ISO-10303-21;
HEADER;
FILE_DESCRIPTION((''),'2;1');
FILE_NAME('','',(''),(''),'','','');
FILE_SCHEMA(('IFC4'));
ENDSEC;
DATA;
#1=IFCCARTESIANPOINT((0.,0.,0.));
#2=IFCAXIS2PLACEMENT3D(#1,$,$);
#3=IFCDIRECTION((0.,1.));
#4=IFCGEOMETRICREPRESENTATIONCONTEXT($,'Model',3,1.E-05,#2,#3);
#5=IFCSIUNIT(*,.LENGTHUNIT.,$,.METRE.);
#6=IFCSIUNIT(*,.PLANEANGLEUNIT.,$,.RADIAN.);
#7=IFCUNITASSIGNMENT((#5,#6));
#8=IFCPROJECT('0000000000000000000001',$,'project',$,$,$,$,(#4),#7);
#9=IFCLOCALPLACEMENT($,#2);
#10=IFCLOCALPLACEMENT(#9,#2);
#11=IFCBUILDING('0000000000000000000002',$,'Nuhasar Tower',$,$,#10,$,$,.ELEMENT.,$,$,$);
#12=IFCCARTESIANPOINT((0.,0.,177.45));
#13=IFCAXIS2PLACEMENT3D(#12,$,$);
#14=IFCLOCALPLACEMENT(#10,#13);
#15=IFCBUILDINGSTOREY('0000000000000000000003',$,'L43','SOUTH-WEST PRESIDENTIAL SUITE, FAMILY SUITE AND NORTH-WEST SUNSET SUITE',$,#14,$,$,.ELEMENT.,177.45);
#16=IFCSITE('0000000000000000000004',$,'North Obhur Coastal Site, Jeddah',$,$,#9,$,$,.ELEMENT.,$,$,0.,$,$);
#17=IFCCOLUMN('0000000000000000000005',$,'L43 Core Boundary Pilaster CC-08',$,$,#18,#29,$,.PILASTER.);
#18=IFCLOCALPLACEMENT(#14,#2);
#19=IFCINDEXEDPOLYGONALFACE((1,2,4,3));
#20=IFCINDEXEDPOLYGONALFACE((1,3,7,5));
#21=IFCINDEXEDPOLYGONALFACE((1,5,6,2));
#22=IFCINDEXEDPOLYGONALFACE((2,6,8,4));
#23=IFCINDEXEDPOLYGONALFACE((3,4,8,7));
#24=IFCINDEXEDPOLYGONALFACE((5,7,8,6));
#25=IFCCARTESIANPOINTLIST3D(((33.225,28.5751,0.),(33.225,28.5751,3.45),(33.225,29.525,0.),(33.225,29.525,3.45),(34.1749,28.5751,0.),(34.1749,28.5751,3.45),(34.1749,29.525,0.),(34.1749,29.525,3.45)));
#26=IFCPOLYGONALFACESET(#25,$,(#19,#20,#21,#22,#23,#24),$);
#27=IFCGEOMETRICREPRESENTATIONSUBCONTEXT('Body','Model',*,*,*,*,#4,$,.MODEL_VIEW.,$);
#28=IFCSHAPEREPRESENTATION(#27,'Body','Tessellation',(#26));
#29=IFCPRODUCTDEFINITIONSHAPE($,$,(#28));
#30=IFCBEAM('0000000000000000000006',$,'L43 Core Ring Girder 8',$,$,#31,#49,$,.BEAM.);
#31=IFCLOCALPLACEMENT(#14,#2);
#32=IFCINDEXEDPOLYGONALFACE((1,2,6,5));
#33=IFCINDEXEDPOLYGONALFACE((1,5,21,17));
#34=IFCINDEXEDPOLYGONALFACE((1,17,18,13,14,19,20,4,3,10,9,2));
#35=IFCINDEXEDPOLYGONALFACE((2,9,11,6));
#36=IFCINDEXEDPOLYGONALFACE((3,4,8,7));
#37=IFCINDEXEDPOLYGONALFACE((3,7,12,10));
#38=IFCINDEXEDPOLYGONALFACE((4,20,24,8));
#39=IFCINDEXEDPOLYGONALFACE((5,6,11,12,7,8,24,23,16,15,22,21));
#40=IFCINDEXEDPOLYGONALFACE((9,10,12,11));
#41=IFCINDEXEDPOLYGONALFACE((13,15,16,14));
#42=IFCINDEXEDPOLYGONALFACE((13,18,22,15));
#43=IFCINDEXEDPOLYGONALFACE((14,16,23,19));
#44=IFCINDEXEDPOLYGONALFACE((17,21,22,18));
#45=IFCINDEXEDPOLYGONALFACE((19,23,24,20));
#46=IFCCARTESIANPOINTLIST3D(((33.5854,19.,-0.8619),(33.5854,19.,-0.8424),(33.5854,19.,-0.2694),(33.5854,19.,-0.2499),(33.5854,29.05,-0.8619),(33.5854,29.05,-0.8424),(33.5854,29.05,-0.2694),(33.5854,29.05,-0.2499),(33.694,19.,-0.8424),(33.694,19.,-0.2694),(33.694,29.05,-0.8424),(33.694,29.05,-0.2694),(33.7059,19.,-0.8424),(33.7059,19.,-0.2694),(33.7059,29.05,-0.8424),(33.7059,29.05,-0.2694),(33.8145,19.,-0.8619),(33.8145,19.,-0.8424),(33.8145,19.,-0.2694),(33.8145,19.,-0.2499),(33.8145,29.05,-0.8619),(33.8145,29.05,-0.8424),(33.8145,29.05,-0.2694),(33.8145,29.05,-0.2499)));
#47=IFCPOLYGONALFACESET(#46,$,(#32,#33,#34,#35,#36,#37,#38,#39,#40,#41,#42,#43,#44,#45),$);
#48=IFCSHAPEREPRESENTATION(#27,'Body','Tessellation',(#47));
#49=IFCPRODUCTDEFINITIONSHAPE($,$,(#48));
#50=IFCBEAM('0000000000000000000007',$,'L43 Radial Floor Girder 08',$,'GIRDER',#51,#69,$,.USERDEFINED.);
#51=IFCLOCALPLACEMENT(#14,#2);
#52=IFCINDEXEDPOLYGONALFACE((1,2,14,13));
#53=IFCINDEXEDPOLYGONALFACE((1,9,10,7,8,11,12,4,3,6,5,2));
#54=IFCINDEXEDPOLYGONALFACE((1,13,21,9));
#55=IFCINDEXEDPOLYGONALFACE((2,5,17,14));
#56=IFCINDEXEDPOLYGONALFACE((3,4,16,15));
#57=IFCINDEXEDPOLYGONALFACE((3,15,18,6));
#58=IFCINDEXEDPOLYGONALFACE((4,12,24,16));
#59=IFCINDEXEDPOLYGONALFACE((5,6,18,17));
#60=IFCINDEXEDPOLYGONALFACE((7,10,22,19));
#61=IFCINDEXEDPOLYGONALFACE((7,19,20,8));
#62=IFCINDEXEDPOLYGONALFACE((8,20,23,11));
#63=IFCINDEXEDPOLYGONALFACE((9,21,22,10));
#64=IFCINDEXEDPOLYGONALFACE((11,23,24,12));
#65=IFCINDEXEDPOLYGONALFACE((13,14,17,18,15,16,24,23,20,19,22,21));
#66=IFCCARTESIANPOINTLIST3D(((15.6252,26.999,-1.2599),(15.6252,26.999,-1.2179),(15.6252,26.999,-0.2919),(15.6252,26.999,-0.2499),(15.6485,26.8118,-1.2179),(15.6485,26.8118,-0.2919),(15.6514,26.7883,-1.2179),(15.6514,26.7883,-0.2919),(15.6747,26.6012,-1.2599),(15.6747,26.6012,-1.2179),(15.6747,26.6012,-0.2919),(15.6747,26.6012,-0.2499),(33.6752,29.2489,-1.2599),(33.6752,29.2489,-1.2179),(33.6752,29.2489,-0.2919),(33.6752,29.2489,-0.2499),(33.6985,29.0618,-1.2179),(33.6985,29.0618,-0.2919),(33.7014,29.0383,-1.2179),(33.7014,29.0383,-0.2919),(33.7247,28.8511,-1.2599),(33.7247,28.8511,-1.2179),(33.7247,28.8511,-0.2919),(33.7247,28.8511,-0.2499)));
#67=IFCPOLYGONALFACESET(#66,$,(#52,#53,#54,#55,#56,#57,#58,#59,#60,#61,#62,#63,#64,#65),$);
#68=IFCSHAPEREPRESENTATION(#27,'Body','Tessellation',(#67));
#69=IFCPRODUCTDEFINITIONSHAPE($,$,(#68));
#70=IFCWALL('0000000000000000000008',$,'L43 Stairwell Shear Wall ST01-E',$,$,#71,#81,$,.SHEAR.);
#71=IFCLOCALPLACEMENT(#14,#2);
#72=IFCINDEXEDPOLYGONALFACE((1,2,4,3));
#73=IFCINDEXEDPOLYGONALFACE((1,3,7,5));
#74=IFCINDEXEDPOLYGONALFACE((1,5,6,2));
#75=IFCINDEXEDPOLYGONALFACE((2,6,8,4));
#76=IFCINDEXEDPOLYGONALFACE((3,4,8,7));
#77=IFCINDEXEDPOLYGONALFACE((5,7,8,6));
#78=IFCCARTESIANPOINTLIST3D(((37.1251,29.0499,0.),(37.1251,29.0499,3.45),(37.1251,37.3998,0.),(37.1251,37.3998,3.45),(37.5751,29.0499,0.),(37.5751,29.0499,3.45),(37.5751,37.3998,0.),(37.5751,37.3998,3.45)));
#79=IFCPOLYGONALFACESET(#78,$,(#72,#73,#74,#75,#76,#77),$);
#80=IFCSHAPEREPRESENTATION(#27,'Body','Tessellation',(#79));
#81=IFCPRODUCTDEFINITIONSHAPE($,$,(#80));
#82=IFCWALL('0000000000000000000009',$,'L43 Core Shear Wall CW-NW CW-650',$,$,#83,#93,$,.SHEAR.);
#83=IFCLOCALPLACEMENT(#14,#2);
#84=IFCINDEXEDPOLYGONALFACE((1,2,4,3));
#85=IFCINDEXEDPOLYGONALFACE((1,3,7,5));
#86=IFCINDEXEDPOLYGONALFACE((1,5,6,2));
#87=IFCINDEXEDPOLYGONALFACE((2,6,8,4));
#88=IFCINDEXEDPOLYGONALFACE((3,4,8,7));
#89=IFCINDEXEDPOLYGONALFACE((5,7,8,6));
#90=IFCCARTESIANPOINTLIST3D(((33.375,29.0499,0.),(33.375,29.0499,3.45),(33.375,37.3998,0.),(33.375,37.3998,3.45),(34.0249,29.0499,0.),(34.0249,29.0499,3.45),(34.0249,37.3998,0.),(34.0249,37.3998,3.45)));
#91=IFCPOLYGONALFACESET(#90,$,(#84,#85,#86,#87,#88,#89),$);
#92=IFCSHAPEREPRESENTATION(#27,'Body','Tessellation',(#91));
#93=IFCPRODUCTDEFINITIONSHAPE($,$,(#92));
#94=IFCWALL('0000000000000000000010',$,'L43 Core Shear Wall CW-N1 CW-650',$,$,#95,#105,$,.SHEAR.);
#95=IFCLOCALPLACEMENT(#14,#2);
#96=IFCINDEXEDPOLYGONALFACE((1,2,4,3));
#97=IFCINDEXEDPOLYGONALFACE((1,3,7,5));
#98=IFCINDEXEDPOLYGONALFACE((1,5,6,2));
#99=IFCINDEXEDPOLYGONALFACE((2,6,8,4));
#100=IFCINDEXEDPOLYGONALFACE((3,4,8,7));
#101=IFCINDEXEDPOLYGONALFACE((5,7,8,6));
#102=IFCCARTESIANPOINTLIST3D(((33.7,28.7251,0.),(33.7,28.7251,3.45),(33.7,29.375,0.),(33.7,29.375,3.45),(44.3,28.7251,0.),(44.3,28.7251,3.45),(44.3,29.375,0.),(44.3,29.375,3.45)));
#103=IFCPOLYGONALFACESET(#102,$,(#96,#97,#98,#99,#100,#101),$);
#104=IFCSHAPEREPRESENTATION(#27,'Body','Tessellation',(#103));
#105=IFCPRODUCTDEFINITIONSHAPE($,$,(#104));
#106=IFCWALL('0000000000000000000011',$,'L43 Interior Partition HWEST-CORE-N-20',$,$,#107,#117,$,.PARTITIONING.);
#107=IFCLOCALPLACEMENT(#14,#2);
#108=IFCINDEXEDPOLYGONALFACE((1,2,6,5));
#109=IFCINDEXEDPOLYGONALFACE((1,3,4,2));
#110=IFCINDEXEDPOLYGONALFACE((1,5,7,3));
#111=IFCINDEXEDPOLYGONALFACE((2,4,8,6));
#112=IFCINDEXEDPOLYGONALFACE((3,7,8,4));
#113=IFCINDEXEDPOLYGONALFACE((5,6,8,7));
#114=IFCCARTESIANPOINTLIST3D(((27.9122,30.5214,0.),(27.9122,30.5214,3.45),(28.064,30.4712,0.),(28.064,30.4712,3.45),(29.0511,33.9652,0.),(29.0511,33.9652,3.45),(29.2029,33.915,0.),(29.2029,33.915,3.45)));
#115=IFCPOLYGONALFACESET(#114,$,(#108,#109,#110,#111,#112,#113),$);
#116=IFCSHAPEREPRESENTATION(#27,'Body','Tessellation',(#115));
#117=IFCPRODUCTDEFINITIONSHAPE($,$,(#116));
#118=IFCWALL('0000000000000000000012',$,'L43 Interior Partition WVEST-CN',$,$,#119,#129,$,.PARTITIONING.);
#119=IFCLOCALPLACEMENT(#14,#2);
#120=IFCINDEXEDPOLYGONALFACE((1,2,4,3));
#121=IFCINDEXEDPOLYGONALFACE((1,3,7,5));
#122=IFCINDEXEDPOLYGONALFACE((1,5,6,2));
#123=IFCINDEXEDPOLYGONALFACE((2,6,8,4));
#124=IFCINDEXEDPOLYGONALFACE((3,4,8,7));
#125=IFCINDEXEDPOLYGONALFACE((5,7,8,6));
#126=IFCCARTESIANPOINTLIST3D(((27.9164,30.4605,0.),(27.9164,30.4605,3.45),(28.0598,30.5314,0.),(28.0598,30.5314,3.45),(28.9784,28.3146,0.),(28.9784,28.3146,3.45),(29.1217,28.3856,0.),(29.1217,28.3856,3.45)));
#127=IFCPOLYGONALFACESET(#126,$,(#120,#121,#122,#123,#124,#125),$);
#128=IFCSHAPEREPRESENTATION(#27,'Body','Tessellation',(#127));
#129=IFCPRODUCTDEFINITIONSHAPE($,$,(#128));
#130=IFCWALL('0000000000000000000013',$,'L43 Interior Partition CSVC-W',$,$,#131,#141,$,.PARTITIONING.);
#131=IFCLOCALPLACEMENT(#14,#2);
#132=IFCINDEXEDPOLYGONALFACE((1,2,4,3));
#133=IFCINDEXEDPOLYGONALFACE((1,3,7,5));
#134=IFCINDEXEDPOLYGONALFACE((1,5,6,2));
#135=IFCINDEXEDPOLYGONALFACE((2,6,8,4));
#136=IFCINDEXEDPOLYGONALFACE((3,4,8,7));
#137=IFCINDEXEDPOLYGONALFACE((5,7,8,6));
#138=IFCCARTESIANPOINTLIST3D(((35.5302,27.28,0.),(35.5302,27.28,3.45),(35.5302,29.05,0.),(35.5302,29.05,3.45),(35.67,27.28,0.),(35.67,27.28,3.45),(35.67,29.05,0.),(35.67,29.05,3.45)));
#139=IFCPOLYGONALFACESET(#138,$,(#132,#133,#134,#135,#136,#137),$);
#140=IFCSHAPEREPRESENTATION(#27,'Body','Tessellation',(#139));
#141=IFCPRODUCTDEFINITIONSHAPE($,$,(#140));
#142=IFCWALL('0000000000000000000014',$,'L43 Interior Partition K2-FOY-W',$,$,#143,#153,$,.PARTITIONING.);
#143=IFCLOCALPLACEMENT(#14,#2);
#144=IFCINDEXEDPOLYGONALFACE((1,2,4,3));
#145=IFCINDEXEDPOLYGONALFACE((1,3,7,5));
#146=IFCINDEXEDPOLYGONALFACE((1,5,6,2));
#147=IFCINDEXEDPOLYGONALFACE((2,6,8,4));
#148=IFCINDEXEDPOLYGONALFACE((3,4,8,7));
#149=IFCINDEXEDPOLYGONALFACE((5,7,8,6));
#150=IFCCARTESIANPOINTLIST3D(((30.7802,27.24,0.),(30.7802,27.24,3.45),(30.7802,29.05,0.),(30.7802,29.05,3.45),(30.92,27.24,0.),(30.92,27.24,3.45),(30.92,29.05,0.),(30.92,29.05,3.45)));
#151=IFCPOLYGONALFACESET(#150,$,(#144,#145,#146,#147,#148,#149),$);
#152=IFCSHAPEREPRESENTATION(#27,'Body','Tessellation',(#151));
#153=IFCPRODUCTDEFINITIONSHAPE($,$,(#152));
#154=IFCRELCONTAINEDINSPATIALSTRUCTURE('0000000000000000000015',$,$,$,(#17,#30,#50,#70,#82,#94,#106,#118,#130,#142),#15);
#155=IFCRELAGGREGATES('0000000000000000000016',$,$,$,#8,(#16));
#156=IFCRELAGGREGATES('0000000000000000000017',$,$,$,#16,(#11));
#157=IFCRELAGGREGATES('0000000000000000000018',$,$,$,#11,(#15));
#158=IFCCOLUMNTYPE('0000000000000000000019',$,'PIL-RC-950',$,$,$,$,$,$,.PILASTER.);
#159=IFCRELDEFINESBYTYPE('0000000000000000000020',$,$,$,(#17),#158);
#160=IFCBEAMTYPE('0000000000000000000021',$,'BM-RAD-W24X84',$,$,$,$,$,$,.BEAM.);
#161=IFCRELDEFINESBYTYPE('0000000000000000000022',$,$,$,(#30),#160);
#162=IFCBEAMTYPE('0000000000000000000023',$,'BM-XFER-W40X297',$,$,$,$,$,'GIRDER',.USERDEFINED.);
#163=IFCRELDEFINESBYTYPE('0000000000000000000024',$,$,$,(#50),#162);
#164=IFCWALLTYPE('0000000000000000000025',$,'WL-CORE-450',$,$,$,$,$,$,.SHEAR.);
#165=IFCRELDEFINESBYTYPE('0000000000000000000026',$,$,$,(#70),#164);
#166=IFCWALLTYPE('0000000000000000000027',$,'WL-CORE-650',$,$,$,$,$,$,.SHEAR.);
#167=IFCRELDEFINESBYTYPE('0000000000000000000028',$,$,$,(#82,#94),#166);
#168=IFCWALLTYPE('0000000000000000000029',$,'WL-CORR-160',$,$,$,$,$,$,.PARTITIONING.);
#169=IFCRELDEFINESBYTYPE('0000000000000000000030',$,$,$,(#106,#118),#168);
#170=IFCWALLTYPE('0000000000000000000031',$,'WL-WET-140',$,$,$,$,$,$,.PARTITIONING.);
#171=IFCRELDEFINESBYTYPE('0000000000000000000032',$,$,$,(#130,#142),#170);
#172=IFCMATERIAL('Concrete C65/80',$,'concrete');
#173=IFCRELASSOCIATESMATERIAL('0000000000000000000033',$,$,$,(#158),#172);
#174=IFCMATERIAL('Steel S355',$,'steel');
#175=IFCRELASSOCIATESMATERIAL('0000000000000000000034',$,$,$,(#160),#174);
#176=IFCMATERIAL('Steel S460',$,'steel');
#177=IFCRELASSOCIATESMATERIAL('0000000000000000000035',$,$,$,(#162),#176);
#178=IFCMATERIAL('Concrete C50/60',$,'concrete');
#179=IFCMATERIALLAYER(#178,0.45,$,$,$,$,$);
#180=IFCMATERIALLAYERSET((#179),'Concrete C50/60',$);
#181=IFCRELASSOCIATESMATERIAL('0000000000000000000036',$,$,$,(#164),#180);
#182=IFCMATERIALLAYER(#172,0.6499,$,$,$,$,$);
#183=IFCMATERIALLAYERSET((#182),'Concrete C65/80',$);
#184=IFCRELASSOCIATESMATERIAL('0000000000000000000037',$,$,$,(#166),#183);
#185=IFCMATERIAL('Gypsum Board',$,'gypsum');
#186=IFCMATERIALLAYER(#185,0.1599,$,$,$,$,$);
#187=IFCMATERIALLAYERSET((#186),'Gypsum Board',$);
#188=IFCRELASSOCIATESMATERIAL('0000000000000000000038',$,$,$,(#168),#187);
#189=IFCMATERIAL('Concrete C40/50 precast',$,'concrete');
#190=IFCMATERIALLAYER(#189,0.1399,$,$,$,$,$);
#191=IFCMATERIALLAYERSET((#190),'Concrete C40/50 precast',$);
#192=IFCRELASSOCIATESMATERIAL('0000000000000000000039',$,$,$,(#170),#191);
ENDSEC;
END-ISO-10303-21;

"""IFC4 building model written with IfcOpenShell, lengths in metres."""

from ifc_helpers import new_model, si_unit, direction, frame, frame_2d, origin, origin_2d, place, context, subcontext, project, spatial, rectangle, i_section, extrude, material, layer, layer_set, material_profile, profile_set, type_object, element, save


model = new_model("IFC4")

# Units and contexts
model_context = context("Model", 3, precision=1e-05, world=origin(), true_north=direction((0.0, 1.0)))
body_context = subcontext(model_context, "Body", "Model", "MODEL_VIEW")
ifc_project = project(units=[si_unit("LENGTHUNIT", "METRE"), si_unit("PLANEANGLEUNIT", "RADIAN")], contexts=[model_context])

# Site, building, storey
site_placement = place(None, origin())
site = spatial("IfcSite", under=ifc_project, at=site_placement, Name="North Obhur Coastal Site, Jeddah", CompositionType="ELEMENT", RefElevation=0.0)
building_placement = place(site_placement, origin())
building = spatial("IfcBuilding", under=site, at=building_placement, Name="Nuhasar Tower", CompositionType="ELEMENT")
storey_placement = place(building_placement, frame((0.0, 0.0, 177.45)))
storey = spatial("IfcBuildingStorey", under=building, at=storey_placement, Name="L43", Description="SOUTH-WEST PRESIDENTIAL SUITE, FAMILY SUITE AND NORTH-WEST SUNSET SUITE", CompositionType="ELEMENT", Elevation=177.45)

# Column
ifc_material_1 = material(Name="Concrete C65/80", Category="concrete")
ifc_material_profile_1 = material_profile(ifc_material_1, rectangle(XDim=0.95, YDim=0.95, at=origin_2d()), Name="RC950X950")
ifc_profile_set_1 = profile_set([ifc_material_profile_1], Name="Concrete C65/80")
column_type = type_object("IfcColumnType", Name="PIL-RC-950", PredefinedType="PILASTER", material=ifc_profile_set_1)
column_placement = place(storey_placement, frame((33.7, 29.05, 0.0), z_axis=(0.0, 0.0, 1.0), x_axis=(1.0, 0.0, 0.0)))
element("IfcColumn", 1, at=column_placement, inside=storey, type_object=column_type, Name="L43 Core Boundary Pilaster CC-08", PredefinedType="PILASTER", context=body_context, shape_type="SweptSolid", body=[
    extrude(rectangle(XDim=0.95, YDim=0.95, at=origin_2d()), origin(), (0.0, 0.0, 1.0), 3.45),
])

# Beams
ifc_material_2 = material(Name="Steel S355", Category="steel")
ifc_material_profile_2 = material_profile(ifc_material_2, i_section(OverallWidth=0.229, OverallDepth=0.6121, WebThickness=0.012, FlangeThickness=0.0195, at=origin_2d()), Name="W24X84")
ifc_profile_set_2 = profile_set([ifc_material_profile_2], Name="Steel S355")
beam_type_1 = type_object("IfcBeamType", Name="BM-RAD-W24X84", PredefinedType="BEAM", material=ifc_profile_set_2)
beam_1_placement = place(storey_placement, frame((33.7, 29.05, -0.5559), z_axis=(0.0, -1.0, 0.0), x_axis=(1.0, 0.0, 0.0)))
element("IfcBeam", 2, at=beam_1_placement, inside=storey, type_object=beam_type_1, Name="L43 Core Ring Girder 8", PredefinedType="BEAM", context=body_context, shape_type="SweptSolid", body=[
    extrude(i_section(OverallWidth=0.229, OverallDepth=0.6121, WebThickness=0.012, FlangeThickness=0.0195, at=origin_2d()), origin(), (0.0, 0.0, 1.0), 10.05),
])
ifc_material_3 = material(Name="Steel S460", Category="steel")
ifc_material_profile_3 = material_profile(ifc_material_3, i_section(OverallWidth=0.4009, OverallDepth=1.01, WebThickness=0.0237, FlangeThickness=0.042, at=origin_2d()), Name="W40X297")
ifc_profile_set_3 = profile_set([ifc_material_profile_3], Name="Steel S460")
beam_type_2 = type_object("IfcBeamType", Name="BM-XFER-W40X297", ElementType="GIRDER", PredefinedType="USERDEFINED", material=ifc_profile_set_3)
beam_2_placement = place(storey_placement, frame((33.7, 29.05, -0.7549), z_axis=(-0.99232, -0.123696, 0.0), x_axis=(0.123696, -0.99232, 0.0)))
element("IfcBeam", 3, at=beam_2_placement, inside=storey, type_object=beam_type_2, Name="L43 Radial Floor Girder 08", ObjectType="GIRDER", PredefinedType="USERDEFINED", context=body_context, shape_type="SweptSolid", body=[
    extrude(i_section(OverallWidth=0.4009, OverallDepth=1.01, WebThickness=0.0237, FlangeThickness=0.042, at=origin_2d()), origin(), (0.0, 0.0, 1.0), 18.1897),
])

# Walls
ifc_material_4 = material(Name="Concrete C50/60", Category="concrete")
ifc_layer_1 = layer(ifc_material_4, 0.45)
ifc_layer_set_1 = layer_set([ifc_layer_1], Name="Concrete C50/60")
wall_type_1 = type_object("IfcWallType", Name="WL-CORE-450", PredefinedType="SHEAR", material=ifc_layer_set_1)
wall_1_placement = place(storey_placement, frame((37.3501, 29.05, 0.0), z_axis=(0.0, 0.0, 1.0), x_axis=(0.0, 1.0, 0.0)))
element("IfcWall", 4, at=wall_1_placement, inside=storey, type_object=wall_type_1, Name="L43 Stairwell Shear Wall ST01-E", PredefinedType="SHEAR", context=body_context, shape_type="SweptSolid", body=[
    extrude(rectangle(XDim=8.3499, YDim=0.45, at=frame_2d((4.1748, 0.0))), origin(), (0.0, 0.0, 1.0), 3.45),
])
ifc_layer_2 = layer(ifc_material_1, 0.6499)
ifc_layer_set_2 = layer_set([ifc_layer_2], Name="Concrete C65/80")
wall_type_2 = type_object("IfcWallType", Name="WL-CORE-650", PredefinedType="SHEAR", material=ifc_layer_set_2)
wall_2_placement = place(storey_placement, frame((33.7, 29.05, 0.0), z_axis=(0.0, 0.0, 1.0), x_axis=(0.0, 1.0, 0.0)))
element("IfcWall", 5, at=wall_2_placement, inside=storey, type_object=wall_type_2, Name="L43 Core Shear Wall CW-NW CW-650", PredefinedType="SHEAR", context=body_context, shape_type="SweptSolid", body=[
    extrude(rectangle(XDim=8.3499, YDim=0.6499, at=frame_2d((4.1748, 0.0))), origin(), (0.0, 0.0, 1.0), 3.45),
])
wall_3_placement = place(storey_placement, frame((33.7, 29.05, 0.0), z_axis=(0.0, 0.0, 1.0), x_axis=(1.0, 0.0, 0.0)))
element("IfcWall", 6, at=wall_3_placement, inside=storey, type_object=wall_type_2, Name="L43 Core Shear Wall CW-N1 CW-650", PredefinedType="SHEAR", context=body_context, shape_type="SweptSolid", body=[
    extrude(rectangle(XDim=10.6001, YDim=0.6499, at=frame_2d((5.3, 0.0))), origin(), (0.0, 0.0, 1.0), 3.45),
])
ifc_material_5 = material(Name="Gypsum Board", Category="gypsum")
ifc_layer_3 = layer(ifc_material_5, 0.1599)
ifc_layer_set_3 = layer_set([ifc_layer_3], Name="Gypsum Board")
wall_type_3 = type_object("IfcWallType", Name="WL-CORR-160", PredefinedType="PARTITIONING", material=ifc_layer_set_3)
wall_4_placement = place(storey_placement, frame((29.127, 33.9399, 0.0), z_axis=(0.0, 0.0, 1.0), x_axis=(-0.313986, -0.949428, 0.0)))
element("IfcWall", 7, at=wall_4_placement, inside=storey, type_object=wall_type_3, Name="L43 Interior Partition HWEST-CORE-N-20", PredefinedType="PARTITIONING", context=body_context, shape_type="SweptSolid", body=[
    extrude(rectangle(XDim=3.6272, YDim=0.1599, at=frame_2d((1.8135, 0.0))), origin(), (0.0, 0.0, 1.0), 3.45),
])
wall_5_placement = place(storey_placement, frame((27.988, 30.4961, 0.0), z_axis=(0.0, 0.0, 1.0), x_axis=(0.443539, -0.896255, 0.0)))
element("IfcWall", 8, at=wall_5_placement, inside=storey, type_object=wall_type_3, Name="L43 Interior Partition WVEST-CN", PredefinedType="PARTITIONING", context=body_context, shape_type="SweptSolid", body=[
    extrude(rectangle(XDim=2.3943, YDim=0.1599, at=frame_2d((1.1973, 0.0))), origin(), (0.0, 0.0, 1.0), 3.45),
])
ifc_material_6 = material(Name="Concrete C40/50 precast", Category="concrete")
ifc_layer_4 = layer(ifc_material_6, 0.1399)
ifc_layer_set_4 = layer_set([ifc_layer_4], Name="Concrete C40/50 precast")
wall_type_4 = type_object("IfcWallType", Name="WL-WET-140", PredefinedType="PARTITIONING", material=ifc_layer_set_4)
wall_6_placement = place(storey_placement, frame((35.6001, 27.28, 0.0), z_axis=(0.0, 0.0, 1.0), x_axis=(0.0, 1.0, 0.0)))
element("IfcWall", 9, at=wall_6_placement, inside=storey, type_object=wall_type_4, Name="L43 Interior Partition CSVC-W", PredefinedType="PARTITIONING", context=body_context, shape_type="SweptSolid", body=[
    extrude(rectangle(XDim=1.77, YDim=0.1399, at=frame_2d((0.885, 0.0))), origin(), (0.0, 0.0, 1.0), 3.45),
])
wall_7_placement = place(storey_placement, frame((30.8501, 27.24, 0.0), z_axis=(0.0, 0.0, 1.0), x_axis=(0.0, 1.0, 0.0)))
element("IfcWall", 10, at=wall_7_placement, inside=storey, type_object=wall_type_4, Name="L43 Interior Partition K2-FOY-W", PredefinedType="PARTITIONING", context=body_context, shape_type="SweptSolid", body=[
    extrude(rectangle(XDim=1.8101, YDim=0.1399, at=frame_2d((0.905, 0.0))), origin(), (0.0, 0.0, 1.0), 3.45),
])

save(model, "model.ifc")
